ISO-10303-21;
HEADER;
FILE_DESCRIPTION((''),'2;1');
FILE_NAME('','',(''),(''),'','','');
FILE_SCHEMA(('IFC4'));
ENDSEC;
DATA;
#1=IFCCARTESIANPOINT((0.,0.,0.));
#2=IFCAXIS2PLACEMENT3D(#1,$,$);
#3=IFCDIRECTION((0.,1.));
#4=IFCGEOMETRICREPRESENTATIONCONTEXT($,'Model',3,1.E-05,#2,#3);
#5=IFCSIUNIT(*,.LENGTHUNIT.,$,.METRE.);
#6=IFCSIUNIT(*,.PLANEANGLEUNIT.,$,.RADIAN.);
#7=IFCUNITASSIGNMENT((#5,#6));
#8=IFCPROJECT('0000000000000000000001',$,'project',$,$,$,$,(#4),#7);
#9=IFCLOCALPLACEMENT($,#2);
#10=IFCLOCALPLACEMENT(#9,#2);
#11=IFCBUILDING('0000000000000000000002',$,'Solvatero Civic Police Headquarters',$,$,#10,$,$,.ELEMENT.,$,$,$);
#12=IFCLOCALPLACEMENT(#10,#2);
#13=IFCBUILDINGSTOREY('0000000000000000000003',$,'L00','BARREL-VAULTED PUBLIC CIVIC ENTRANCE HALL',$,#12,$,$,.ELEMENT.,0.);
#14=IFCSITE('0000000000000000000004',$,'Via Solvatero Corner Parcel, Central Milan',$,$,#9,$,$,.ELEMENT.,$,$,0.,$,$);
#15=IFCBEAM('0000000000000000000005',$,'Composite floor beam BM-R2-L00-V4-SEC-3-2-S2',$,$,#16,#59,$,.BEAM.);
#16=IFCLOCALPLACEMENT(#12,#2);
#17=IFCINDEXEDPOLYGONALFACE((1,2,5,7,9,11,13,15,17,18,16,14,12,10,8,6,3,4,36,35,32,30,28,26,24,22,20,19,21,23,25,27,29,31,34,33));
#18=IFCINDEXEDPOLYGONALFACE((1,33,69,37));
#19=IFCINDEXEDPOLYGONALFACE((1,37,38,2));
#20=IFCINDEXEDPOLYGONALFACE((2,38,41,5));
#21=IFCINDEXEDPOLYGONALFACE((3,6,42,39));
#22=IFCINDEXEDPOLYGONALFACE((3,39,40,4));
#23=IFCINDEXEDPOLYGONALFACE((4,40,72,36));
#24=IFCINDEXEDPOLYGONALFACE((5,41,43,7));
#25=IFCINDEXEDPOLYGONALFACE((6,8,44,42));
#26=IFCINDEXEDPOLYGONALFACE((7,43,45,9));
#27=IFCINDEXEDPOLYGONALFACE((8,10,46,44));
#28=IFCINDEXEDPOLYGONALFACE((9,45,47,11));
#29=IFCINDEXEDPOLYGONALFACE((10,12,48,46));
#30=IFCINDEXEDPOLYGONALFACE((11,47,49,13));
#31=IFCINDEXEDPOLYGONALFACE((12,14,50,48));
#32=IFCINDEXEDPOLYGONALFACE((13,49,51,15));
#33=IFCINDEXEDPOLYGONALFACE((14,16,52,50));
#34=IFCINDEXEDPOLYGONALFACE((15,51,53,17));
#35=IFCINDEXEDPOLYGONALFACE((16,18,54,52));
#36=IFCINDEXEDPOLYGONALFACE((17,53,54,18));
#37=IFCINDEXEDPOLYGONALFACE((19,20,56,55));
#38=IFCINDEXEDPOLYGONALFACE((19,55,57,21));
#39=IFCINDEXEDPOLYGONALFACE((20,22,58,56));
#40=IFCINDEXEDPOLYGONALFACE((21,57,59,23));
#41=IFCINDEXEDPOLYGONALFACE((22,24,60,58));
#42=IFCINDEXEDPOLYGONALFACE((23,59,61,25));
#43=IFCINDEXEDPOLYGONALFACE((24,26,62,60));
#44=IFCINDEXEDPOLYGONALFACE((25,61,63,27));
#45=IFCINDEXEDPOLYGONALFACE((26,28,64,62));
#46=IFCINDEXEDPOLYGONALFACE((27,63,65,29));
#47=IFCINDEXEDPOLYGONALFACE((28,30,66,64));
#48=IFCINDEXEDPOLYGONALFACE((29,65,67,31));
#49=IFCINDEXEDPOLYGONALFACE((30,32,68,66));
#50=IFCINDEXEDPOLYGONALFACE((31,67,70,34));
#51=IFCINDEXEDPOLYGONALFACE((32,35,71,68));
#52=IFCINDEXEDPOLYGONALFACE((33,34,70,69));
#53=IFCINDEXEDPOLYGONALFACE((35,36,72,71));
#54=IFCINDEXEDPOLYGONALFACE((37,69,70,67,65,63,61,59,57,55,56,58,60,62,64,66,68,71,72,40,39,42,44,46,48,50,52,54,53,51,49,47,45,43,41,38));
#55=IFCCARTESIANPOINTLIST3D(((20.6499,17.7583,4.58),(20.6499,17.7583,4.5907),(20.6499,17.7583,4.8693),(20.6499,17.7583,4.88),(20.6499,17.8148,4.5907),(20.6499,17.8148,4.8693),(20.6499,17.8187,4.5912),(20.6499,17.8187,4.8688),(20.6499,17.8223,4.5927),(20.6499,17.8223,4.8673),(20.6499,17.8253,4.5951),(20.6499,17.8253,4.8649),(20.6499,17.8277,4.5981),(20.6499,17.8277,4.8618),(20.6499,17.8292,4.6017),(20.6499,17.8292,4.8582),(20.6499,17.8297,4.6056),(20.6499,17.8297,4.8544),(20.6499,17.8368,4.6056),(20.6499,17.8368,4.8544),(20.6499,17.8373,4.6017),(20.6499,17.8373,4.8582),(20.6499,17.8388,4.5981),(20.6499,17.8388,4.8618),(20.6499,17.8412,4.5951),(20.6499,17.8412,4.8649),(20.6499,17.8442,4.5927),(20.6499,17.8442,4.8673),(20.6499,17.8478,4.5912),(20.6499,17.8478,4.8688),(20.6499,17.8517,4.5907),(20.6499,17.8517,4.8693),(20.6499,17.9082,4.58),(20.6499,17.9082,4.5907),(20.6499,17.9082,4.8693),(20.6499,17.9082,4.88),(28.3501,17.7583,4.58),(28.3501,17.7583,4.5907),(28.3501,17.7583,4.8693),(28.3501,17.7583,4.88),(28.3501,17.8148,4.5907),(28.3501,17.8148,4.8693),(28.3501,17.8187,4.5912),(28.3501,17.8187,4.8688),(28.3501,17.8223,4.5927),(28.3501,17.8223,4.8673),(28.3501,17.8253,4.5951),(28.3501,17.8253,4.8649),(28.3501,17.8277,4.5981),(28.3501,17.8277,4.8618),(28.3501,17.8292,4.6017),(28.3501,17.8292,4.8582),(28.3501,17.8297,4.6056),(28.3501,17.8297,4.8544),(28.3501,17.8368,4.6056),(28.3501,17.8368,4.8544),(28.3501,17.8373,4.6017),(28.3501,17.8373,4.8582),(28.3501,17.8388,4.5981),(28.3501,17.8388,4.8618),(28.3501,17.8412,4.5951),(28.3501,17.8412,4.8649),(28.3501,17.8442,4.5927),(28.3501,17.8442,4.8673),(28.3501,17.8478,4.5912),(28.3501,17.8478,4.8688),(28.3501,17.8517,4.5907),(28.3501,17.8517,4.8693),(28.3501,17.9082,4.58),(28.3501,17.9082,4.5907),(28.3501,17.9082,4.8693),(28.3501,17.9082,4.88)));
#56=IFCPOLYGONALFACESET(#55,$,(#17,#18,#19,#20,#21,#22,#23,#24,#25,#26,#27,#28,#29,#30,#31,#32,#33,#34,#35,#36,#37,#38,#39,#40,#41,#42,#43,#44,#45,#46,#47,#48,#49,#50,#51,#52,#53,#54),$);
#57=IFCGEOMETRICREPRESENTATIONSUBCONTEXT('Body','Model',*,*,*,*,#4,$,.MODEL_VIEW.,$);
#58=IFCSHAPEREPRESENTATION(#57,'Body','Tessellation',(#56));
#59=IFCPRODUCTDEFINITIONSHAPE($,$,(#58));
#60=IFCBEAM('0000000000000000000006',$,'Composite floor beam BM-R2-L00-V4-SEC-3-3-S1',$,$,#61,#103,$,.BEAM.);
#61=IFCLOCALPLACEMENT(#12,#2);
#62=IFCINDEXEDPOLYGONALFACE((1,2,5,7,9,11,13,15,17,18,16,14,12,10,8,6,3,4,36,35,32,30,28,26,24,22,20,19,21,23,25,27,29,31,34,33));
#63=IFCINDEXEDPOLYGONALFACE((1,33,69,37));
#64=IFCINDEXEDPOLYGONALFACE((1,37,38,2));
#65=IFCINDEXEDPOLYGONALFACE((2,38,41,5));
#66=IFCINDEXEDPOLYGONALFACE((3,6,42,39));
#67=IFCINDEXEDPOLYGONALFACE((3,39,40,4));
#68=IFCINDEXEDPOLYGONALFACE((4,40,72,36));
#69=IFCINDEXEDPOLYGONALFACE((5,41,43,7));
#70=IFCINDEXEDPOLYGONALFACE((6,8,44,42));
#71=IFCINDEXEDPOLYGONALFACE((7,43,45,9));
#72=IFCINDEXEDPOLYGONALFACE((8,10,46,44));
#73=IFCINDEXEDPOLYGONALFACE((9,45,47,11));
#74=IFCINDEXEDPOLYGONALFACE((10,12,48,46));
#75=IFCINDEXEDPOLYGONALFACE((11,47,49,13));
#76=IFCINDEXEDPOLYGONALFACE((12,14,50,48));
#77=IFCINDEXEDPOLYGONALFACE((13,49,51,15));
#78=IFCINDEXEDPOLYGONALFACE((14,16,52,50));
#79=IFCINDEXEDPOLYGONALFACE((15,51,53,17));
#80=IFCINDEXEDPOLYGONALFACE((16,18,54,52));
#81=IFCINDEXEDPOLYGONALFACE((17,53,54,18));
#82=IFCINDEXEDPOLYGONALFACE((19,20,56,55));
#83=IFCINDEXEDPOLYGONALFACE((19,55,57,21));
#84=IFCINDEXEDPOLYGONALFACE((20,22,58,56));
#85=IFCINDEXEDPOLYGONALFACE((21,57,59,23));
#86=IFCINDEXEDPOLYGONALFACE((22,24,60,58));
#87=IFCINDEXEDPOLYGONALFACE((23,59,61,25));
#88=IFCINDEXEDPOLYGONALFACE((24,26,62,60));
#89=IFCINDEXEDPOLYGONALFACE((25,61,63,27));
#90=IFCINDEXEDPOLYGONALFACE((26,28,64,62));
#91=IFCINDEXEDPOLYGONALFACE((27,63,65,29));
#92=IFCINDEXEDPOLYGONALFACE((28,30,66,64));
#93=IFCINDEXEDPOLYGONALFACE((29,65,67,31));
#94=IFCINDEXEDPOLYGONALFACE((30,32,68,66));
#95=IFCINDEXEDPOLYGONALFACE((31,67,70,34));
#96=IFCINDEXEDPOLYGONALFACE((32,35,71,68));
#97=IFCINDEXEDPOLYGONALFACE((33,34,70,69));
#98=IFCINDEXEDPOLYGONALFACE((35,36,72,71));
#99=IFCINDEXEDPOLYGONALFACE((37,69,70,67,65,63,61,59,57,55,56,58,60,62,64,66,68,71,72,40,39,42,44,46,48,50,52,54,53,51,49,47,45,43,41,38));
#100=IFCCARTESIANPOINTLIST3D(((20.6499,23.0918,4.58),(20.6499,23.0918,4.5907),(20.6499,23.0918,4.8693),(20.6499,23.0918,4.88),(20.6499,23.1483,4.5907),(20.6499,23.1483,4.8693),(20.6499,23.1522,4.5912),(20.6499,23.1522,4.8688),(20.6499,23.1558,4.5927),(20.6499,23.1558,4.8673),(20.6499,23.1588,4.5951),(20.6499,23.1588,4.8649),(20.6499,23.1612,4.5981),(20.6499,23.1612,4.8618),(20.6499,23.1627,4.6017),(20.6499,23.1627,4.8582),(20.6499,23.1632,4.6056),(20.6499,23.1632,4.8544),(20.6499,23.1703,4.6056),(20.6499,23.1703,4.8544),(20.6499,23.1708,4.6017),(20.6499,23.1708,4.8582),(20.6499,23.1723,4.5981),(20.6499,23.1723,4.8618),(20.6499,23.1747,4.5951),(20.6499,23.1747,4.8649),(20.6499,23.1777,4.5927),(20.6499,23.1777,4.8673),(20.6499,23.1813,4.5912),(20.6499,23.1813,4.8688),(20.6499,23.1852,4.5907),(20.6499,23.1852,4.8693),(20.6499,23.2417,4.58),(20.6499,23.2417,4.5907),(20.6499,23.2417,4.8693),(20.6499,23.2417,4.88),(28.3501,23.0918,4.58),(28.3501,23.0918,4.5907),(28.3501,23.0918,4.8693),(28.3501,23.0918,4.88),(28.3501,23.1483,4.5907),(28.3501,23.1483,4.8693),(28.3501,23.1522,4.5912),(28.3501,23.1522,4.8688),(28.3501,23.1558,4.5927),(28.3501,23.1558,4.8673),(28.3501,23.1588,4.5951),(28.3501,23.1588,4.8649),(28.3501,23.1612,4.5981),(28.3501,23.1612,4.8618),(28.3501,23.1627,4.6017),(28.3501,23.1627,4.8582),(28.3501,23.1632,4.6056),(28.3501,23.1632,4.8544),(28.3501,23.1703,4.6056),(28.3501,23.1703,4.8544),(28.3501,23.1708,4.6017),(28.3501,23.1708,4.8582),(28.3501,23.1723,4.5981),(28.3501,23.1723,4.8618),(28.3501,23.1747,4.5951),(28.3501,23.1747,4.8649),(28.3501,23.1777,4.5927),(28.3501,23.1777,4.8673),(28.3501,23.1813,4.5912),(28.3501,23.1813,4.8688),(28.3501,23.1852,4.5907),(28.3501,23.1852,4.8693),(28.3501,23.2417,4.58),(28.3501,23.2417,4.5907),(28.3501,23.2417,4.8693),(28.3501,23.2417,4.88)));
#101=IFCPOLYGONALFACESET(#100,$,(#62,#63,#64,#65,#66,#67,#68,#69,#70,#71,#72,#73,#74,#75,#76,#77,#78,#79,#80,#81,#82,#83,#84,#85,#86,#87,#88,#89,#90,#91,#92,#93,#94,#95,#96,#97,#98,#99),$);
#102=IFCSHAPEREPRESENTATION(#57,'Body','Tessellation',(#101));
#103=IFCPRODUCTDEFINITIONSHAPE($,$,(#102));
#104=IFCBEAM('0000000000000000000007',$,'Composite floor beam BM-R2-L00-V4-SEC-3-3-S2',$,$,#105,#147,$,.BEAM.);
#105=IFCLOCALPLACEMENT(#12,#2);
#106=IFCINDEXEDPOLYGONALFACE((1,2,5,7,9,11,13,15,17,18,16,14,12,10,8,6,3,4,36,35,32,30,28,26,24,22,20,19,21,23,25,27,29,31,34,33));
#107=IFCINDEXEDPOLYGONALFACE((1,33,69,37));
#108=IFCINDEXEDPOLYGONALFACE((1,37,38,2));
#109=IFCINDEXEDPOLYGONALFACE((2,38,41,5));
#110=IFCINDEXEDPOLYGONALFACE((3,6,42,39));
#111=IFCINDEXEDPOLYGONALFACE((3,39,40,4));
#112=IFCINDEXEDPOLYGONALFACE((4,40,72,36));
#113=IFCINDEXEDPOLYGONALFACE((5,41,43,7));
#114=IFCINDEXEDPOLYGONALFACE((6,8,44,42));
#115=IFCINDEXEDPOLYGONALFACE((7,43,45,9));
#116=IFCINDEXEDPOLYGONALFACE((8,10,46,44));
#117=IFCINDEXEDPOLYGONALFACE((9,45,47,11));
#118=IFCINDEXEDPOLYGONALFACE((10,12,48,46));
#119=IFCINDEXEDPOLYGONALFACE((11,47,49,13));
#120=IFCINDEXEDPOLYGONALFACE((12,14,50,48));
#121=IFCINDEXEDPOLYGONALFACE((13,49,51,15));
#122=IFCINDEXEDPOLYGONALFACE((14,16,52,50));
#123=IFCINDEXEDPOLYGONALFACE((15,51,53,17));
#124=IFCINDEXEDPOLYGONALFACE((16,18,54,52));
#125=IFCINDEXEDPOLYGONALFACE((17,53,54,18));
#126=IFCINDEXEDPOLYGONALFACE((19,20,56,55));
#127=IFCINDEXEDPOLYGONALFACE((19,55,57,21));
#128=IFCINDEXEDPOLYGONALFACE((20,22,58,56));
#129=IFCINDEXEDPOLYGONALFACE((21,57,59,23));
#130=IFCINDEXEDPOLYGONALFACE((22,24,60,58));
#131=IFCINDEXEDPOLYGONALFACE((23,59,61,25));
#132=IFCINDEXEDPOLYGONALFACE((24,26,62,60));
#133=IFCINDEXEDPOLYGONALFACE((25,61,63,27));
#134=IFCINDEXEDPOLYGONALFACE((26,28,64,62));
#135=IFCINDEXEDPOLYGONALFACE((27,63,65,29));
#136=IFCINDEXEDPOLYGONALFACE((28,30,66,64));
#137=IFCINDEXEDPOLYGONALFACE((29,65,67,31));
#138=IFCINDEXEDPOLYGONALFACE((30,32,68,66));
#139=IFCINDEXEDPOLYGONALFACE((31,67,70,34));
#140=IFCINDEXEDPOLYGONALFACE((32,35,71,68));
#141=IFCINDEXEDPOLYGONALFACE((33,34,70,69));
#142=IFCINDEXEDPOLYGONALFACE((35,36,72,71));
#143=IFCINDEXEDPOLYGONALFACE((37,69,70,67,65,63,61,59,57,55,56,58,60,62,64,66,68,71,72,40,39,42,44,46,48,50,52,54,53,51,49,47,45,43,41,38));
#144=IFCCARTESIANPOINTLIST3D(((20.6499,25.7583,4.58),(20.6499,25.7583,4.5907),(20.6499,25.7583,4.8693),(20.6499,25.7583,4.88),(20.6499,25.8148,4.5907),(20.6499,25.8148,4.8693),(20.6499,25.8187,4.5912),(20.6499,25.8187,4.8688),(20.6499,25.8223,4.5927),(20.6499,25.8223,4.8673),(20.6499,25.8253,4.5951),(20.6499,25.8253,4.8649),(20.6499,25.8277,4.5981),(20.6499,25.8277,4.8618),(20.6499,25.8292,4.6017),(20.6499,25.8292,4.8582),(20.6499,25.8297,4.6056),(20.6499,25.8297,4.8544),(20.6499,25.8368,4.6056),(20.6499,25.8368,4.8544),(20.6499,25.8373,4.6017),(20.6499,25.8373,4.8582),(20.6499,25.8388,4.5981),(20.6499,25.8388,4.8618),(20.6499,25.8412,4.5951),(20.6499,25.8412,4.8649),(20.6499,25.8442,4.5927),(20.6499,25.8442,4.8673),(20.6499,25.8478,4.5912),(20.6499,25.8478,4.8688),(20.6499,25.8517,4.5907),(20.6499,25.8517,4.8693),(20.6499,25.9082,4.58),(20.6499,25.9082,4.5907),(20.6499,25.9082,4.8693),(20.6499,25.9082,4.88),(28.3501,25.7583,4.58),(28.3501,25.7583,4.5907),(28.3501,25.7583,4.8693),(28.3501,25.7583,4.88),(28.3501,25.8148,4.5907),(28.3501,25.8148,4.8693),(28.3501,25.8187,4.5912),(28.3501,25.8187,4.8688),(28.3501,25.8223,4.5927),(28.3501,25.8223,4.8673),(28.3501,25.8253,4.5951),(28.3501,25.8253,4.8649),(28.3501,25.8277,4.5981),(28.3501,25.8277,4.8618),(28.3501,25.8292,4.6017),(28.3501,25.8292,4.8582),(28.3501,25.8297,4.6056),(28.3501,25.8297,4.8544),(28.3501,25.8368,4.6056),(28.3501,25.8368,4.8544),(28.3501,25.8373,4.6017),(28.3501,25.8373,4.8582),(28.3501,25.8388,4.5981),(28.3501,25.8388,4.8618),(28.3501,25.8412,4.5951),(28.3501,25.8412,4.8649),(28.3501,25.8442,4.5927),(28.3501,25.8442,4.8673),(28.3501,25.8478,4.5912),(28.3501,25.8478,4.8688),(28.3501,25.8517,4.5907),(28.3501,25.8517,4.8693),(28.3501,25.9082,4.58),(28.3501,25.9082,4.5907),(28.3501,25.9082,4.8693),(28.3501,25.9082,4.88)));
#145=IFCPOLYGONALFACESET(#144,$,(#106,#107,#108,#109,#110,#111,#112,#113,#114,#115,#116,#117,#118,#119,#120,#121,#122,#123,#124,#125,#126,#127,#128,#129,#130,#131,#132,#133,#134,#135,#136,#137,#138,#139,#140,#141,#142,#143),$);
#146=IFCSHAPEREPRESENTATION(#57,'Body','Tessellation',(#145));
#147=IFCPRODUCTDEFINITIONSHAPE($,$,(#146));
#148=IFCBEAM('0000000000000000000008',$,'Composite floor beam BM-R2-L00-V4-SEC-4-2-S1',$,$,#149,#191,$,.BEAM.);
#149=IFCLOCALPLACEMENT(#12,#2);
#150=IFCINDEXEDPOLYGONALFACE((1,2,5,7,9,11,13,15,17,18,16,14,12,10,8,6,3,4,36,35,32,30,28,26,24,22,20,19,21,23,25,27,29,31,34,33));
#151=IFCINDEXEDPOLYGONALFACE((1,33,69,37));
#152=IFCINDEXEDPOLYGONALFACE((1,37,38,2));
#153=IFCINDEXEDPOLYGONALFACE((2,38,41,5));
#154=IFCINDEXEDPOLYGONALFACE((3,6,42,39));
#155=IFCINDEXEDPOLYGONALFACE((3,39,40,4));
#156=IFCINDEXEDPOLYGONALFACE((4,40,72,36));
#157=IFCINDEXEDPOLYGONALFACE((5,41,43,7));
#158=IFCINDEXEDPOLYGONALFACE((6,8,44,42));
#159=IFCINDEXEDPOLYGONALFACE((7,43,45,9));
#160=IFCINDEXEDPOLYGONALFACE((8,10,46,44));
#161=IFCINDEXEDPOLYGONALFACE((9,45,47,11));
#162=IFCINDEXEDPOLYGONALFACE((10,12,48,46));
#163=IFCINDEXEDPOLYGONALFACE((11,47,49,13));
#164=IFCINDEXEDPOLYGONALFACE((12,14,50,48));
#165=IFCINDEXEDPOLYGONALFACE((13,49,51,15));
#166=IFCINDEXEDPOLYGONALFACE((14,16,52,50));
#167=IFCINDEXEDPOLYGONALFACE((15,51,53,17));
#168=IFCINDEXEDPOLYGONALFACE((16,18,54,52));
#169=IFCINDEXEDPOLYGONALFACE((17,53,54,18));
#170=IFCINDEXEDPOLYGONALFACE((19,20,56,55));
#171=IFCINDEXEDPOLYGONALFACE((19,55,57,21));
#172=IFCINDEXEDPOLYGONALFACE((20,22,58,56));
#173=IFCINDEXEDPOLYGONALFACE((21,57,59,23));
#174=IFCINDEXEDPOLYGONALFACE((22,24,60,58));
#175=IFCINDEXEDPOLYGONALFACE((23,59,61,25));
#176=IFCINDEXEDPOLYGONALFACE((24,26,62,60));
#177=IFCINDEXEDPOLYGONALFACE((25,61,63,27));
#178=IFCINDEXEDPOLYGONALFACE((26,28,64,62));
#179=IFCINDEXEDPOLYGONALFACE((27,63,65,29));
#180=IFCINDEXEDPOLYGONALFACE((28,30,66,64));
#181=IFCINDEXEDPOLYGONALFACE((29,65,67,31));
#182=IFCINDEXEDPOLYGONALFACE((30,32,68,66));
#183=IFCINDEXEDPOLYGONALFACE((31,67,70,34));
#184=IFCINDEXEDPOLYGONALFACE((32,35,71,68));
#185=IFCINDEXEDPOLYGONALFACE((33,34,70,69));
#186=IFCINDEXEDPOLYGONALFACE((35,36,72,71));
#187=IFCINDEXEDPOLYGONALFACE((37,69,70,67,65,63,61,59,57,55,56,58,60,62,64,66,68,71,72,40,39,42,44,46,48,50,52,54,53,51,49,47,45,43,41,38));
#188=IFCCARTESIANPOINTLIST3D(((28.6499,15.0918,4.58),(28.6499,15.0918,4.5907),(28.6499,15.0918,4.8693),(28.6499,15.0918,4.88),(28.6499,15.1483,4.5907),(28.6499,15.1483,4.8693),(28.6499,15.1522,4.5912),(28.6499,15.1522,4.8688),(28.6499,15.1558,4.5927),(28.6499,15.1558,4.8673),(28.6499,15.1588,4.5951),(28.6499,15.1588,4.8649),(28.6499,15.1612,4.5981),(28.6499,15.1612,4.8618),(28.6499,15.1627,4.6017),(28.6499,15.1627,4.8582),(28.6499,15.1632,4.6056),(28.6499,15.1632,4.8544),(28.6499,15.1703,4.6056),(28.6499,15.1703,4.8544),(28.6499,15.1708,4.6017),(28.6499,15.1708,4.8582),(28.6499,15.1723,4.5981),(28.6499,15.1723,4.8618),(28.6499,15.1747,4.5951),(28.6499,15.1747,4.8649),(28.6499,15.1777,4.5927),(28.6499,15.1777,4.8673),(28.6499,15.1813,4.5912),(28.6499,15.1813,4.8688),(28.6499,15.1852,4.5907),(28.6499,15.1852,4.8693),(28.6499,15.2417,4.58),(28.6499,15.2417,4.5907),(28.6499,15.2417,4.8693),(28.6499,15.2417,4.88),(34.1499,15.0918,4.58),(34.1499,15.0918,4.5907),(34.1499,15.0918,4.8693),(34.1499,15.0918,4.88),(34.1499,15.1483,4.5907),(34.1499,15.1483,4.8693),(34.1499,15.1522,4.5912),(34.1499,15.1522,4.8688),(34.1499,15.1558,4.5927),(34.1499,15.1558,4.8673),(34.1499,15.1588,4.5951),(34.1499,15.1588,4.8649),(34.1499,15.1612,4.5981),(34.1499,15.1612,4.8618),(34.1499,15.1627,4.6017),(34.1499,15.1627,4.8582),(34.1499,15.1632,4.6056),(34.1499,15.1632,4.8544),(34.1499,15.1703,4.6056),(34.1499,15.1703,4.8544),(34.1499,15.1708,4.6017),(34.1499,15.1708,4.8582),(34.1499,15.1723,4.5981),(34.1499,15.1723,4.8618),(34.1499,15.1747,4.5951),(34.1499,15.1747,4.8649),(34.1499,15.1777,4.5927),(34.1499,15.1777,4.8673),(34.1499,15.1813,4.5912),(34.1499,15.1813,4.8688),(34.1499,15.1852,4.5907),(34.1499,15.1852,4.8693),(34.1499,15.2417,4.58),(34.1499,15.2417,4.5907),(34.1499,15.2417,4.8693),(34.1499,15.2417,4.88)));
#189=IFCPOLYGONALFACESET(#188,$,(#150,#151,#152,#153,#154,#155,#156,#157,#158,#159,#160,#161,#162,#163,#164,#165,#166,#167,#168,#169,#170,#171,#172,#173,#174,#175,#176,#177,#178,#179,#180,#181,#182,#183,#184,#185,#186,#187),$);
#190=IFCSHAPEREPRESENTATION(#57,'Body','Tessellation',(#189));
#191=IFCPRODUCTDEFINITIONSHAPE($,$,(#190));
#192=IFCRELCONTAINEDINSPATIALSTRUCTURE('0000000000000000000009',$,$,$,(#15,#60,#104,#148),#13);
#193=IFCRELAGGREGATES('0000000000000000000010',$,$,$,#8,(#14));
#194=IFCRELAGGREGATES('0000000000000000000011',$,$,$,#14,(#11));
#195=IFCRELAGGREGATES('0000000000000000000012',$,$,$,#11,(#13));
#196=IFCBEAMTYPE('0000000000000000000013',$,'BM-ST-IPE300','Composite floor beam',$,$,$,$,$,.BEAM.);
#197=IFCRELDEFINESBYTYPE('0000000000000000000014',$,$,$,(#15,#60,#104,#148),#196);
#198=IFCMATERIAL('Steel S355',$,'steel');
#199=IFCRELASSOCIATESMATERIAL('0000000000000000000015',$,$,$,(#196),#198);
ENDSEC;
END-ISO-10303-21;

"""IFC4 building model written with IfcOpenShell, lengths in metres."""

from ifc_helpers import new_model, si_unit, direction, frame, origin, origin_2d, place, context, subcontext, project, spatial, i_section, extrude, material, material_profile, profile_set, type_object, element, save


model = new_model("IFC4")

# Units and contexts
model_context = context("Model", 3, precision=1e-05, world=origin(), true_north=direction((0.0, 1.0)))
body_context = subcontext(model_context, "Body", "Model", "MODEL_VIEW")
ifc_project = project(units=[si_unit("LENGTHUNIT", "METRE"), si_unit("PLANEANGLEUNIT", "RADIAN")], contexts=[model_context])

# Site, building, storey
site_placement = place(None, origin())
site = spatial("IfcSite", under=ifc_project, at=site_placement, Name="Via Solvatero Corner Parcel, Central Milan", CompositionType="ELEMENT", RefElevation=0.0)
building_placement = place(site_placement, origin())
building = spatial("IfcBuilding", under=site, at=building_placement, Name="Solvatero Civic Police Headquarters", CompositionType="ELEMENT")
storey_placement = place(building_placement, origin())
storey = spatial("IfcBuildingStorey", under=building, at=storey_placement, Name="L00", Description="BARREL-VAULTED PUBLIC CIVIC ENTRANCE HALL", CompositionType="ELEMENT", Elevation=0.0)

# Beams
ifc_material_1 = material(Name="Steel S355", Category="steel")
ifc_material_profile_1 = material_profile(ifc_material_1, i_section(OverallWidth=0.1499, OverallDepth=0.3, WebThickness=0.0071, FlangeThickness=0.0107, FilletRadius=0.0149, at=origin_2d()), Name="IPE 300")
ifc_profile_set_1 = profile_set([ifc_material_profile_1], Name="Steel S355")
beam_type_1 = type_object("IfcBeamType", Name="BM-ST-IPE300", Description="Composite floor beam", PredefinedType="BEAM", material=ifc_profile_set_1)
for number, where, z_axis, x_axis, name in (
    (1, (20.6499, 17.8333, 4.73), (1.0, 0.0, 0.0), (0.0, 1.0, 0.0), "Composite floor beam BM-R2-L00-V4-SEC-3-2-S2"),
    (2, (20.6499, 23.1667, 4.73), (1.0, 0.0, 0.0), (0.0, 1.0, 0.0), "Composite floor beam BM-R2-L00-V4-SEC-3-3-S1"),
    (3, (20.6499, 25.8333, 4.73), (1.0, 0.0, 0.0), (0.0, 1.0, 0.0), "Composite floor beam BM-R2-L00-V4-SEC-3-3-S2"),
):
    element("IfcBeam", number, at=place(storey_placement, frame(where, z_axis=z_axis, x_axis=x_axis)), inside=storey, type_object=beam_type_1, Name=name, PredefinedType="BEAM", context=body_context, shape_type="SweptSolid", body=[
        extrude(i_section(OverallWidth=0.1499, OverallDepth=0.3, WebThickness=0.0071, FlangeThickness=0.0107, FilletRadius=0.0149, at=origin_2d()), origin(), (0.0, 0.0, 1.0), 7.7002),
    ])
for number, where, z_axis, x_axis, name in (
    (4, (28.6499, 15.1667, 4.73), (1.0, 0.0, 0.0), (0.0, 1.0, 0.0), "Composite floor beam BM-R2-L00-V4-SEC-4-2-S1"),
):
    element("IfcBeam", number, at=place(storey_placement, frame(where, z_axis=z_axis, x_axis=x_axis)), inside=storey, type_object=beam_type_1, Name=name, PredefinedType="BEAM", context=body_context, shape_type="SweptSolid", body=[
        extrude(i_section(OverallWidth=0.1499, OverallDepth=0.3, WebThickness=0.0071, FlangeThickness=0.0107, FilletRadius=0.0149, at=origin_2d()), origin(), (0.0, 0.0, 1.0), 5.5),
    ])

save(model, "model.ifc")
